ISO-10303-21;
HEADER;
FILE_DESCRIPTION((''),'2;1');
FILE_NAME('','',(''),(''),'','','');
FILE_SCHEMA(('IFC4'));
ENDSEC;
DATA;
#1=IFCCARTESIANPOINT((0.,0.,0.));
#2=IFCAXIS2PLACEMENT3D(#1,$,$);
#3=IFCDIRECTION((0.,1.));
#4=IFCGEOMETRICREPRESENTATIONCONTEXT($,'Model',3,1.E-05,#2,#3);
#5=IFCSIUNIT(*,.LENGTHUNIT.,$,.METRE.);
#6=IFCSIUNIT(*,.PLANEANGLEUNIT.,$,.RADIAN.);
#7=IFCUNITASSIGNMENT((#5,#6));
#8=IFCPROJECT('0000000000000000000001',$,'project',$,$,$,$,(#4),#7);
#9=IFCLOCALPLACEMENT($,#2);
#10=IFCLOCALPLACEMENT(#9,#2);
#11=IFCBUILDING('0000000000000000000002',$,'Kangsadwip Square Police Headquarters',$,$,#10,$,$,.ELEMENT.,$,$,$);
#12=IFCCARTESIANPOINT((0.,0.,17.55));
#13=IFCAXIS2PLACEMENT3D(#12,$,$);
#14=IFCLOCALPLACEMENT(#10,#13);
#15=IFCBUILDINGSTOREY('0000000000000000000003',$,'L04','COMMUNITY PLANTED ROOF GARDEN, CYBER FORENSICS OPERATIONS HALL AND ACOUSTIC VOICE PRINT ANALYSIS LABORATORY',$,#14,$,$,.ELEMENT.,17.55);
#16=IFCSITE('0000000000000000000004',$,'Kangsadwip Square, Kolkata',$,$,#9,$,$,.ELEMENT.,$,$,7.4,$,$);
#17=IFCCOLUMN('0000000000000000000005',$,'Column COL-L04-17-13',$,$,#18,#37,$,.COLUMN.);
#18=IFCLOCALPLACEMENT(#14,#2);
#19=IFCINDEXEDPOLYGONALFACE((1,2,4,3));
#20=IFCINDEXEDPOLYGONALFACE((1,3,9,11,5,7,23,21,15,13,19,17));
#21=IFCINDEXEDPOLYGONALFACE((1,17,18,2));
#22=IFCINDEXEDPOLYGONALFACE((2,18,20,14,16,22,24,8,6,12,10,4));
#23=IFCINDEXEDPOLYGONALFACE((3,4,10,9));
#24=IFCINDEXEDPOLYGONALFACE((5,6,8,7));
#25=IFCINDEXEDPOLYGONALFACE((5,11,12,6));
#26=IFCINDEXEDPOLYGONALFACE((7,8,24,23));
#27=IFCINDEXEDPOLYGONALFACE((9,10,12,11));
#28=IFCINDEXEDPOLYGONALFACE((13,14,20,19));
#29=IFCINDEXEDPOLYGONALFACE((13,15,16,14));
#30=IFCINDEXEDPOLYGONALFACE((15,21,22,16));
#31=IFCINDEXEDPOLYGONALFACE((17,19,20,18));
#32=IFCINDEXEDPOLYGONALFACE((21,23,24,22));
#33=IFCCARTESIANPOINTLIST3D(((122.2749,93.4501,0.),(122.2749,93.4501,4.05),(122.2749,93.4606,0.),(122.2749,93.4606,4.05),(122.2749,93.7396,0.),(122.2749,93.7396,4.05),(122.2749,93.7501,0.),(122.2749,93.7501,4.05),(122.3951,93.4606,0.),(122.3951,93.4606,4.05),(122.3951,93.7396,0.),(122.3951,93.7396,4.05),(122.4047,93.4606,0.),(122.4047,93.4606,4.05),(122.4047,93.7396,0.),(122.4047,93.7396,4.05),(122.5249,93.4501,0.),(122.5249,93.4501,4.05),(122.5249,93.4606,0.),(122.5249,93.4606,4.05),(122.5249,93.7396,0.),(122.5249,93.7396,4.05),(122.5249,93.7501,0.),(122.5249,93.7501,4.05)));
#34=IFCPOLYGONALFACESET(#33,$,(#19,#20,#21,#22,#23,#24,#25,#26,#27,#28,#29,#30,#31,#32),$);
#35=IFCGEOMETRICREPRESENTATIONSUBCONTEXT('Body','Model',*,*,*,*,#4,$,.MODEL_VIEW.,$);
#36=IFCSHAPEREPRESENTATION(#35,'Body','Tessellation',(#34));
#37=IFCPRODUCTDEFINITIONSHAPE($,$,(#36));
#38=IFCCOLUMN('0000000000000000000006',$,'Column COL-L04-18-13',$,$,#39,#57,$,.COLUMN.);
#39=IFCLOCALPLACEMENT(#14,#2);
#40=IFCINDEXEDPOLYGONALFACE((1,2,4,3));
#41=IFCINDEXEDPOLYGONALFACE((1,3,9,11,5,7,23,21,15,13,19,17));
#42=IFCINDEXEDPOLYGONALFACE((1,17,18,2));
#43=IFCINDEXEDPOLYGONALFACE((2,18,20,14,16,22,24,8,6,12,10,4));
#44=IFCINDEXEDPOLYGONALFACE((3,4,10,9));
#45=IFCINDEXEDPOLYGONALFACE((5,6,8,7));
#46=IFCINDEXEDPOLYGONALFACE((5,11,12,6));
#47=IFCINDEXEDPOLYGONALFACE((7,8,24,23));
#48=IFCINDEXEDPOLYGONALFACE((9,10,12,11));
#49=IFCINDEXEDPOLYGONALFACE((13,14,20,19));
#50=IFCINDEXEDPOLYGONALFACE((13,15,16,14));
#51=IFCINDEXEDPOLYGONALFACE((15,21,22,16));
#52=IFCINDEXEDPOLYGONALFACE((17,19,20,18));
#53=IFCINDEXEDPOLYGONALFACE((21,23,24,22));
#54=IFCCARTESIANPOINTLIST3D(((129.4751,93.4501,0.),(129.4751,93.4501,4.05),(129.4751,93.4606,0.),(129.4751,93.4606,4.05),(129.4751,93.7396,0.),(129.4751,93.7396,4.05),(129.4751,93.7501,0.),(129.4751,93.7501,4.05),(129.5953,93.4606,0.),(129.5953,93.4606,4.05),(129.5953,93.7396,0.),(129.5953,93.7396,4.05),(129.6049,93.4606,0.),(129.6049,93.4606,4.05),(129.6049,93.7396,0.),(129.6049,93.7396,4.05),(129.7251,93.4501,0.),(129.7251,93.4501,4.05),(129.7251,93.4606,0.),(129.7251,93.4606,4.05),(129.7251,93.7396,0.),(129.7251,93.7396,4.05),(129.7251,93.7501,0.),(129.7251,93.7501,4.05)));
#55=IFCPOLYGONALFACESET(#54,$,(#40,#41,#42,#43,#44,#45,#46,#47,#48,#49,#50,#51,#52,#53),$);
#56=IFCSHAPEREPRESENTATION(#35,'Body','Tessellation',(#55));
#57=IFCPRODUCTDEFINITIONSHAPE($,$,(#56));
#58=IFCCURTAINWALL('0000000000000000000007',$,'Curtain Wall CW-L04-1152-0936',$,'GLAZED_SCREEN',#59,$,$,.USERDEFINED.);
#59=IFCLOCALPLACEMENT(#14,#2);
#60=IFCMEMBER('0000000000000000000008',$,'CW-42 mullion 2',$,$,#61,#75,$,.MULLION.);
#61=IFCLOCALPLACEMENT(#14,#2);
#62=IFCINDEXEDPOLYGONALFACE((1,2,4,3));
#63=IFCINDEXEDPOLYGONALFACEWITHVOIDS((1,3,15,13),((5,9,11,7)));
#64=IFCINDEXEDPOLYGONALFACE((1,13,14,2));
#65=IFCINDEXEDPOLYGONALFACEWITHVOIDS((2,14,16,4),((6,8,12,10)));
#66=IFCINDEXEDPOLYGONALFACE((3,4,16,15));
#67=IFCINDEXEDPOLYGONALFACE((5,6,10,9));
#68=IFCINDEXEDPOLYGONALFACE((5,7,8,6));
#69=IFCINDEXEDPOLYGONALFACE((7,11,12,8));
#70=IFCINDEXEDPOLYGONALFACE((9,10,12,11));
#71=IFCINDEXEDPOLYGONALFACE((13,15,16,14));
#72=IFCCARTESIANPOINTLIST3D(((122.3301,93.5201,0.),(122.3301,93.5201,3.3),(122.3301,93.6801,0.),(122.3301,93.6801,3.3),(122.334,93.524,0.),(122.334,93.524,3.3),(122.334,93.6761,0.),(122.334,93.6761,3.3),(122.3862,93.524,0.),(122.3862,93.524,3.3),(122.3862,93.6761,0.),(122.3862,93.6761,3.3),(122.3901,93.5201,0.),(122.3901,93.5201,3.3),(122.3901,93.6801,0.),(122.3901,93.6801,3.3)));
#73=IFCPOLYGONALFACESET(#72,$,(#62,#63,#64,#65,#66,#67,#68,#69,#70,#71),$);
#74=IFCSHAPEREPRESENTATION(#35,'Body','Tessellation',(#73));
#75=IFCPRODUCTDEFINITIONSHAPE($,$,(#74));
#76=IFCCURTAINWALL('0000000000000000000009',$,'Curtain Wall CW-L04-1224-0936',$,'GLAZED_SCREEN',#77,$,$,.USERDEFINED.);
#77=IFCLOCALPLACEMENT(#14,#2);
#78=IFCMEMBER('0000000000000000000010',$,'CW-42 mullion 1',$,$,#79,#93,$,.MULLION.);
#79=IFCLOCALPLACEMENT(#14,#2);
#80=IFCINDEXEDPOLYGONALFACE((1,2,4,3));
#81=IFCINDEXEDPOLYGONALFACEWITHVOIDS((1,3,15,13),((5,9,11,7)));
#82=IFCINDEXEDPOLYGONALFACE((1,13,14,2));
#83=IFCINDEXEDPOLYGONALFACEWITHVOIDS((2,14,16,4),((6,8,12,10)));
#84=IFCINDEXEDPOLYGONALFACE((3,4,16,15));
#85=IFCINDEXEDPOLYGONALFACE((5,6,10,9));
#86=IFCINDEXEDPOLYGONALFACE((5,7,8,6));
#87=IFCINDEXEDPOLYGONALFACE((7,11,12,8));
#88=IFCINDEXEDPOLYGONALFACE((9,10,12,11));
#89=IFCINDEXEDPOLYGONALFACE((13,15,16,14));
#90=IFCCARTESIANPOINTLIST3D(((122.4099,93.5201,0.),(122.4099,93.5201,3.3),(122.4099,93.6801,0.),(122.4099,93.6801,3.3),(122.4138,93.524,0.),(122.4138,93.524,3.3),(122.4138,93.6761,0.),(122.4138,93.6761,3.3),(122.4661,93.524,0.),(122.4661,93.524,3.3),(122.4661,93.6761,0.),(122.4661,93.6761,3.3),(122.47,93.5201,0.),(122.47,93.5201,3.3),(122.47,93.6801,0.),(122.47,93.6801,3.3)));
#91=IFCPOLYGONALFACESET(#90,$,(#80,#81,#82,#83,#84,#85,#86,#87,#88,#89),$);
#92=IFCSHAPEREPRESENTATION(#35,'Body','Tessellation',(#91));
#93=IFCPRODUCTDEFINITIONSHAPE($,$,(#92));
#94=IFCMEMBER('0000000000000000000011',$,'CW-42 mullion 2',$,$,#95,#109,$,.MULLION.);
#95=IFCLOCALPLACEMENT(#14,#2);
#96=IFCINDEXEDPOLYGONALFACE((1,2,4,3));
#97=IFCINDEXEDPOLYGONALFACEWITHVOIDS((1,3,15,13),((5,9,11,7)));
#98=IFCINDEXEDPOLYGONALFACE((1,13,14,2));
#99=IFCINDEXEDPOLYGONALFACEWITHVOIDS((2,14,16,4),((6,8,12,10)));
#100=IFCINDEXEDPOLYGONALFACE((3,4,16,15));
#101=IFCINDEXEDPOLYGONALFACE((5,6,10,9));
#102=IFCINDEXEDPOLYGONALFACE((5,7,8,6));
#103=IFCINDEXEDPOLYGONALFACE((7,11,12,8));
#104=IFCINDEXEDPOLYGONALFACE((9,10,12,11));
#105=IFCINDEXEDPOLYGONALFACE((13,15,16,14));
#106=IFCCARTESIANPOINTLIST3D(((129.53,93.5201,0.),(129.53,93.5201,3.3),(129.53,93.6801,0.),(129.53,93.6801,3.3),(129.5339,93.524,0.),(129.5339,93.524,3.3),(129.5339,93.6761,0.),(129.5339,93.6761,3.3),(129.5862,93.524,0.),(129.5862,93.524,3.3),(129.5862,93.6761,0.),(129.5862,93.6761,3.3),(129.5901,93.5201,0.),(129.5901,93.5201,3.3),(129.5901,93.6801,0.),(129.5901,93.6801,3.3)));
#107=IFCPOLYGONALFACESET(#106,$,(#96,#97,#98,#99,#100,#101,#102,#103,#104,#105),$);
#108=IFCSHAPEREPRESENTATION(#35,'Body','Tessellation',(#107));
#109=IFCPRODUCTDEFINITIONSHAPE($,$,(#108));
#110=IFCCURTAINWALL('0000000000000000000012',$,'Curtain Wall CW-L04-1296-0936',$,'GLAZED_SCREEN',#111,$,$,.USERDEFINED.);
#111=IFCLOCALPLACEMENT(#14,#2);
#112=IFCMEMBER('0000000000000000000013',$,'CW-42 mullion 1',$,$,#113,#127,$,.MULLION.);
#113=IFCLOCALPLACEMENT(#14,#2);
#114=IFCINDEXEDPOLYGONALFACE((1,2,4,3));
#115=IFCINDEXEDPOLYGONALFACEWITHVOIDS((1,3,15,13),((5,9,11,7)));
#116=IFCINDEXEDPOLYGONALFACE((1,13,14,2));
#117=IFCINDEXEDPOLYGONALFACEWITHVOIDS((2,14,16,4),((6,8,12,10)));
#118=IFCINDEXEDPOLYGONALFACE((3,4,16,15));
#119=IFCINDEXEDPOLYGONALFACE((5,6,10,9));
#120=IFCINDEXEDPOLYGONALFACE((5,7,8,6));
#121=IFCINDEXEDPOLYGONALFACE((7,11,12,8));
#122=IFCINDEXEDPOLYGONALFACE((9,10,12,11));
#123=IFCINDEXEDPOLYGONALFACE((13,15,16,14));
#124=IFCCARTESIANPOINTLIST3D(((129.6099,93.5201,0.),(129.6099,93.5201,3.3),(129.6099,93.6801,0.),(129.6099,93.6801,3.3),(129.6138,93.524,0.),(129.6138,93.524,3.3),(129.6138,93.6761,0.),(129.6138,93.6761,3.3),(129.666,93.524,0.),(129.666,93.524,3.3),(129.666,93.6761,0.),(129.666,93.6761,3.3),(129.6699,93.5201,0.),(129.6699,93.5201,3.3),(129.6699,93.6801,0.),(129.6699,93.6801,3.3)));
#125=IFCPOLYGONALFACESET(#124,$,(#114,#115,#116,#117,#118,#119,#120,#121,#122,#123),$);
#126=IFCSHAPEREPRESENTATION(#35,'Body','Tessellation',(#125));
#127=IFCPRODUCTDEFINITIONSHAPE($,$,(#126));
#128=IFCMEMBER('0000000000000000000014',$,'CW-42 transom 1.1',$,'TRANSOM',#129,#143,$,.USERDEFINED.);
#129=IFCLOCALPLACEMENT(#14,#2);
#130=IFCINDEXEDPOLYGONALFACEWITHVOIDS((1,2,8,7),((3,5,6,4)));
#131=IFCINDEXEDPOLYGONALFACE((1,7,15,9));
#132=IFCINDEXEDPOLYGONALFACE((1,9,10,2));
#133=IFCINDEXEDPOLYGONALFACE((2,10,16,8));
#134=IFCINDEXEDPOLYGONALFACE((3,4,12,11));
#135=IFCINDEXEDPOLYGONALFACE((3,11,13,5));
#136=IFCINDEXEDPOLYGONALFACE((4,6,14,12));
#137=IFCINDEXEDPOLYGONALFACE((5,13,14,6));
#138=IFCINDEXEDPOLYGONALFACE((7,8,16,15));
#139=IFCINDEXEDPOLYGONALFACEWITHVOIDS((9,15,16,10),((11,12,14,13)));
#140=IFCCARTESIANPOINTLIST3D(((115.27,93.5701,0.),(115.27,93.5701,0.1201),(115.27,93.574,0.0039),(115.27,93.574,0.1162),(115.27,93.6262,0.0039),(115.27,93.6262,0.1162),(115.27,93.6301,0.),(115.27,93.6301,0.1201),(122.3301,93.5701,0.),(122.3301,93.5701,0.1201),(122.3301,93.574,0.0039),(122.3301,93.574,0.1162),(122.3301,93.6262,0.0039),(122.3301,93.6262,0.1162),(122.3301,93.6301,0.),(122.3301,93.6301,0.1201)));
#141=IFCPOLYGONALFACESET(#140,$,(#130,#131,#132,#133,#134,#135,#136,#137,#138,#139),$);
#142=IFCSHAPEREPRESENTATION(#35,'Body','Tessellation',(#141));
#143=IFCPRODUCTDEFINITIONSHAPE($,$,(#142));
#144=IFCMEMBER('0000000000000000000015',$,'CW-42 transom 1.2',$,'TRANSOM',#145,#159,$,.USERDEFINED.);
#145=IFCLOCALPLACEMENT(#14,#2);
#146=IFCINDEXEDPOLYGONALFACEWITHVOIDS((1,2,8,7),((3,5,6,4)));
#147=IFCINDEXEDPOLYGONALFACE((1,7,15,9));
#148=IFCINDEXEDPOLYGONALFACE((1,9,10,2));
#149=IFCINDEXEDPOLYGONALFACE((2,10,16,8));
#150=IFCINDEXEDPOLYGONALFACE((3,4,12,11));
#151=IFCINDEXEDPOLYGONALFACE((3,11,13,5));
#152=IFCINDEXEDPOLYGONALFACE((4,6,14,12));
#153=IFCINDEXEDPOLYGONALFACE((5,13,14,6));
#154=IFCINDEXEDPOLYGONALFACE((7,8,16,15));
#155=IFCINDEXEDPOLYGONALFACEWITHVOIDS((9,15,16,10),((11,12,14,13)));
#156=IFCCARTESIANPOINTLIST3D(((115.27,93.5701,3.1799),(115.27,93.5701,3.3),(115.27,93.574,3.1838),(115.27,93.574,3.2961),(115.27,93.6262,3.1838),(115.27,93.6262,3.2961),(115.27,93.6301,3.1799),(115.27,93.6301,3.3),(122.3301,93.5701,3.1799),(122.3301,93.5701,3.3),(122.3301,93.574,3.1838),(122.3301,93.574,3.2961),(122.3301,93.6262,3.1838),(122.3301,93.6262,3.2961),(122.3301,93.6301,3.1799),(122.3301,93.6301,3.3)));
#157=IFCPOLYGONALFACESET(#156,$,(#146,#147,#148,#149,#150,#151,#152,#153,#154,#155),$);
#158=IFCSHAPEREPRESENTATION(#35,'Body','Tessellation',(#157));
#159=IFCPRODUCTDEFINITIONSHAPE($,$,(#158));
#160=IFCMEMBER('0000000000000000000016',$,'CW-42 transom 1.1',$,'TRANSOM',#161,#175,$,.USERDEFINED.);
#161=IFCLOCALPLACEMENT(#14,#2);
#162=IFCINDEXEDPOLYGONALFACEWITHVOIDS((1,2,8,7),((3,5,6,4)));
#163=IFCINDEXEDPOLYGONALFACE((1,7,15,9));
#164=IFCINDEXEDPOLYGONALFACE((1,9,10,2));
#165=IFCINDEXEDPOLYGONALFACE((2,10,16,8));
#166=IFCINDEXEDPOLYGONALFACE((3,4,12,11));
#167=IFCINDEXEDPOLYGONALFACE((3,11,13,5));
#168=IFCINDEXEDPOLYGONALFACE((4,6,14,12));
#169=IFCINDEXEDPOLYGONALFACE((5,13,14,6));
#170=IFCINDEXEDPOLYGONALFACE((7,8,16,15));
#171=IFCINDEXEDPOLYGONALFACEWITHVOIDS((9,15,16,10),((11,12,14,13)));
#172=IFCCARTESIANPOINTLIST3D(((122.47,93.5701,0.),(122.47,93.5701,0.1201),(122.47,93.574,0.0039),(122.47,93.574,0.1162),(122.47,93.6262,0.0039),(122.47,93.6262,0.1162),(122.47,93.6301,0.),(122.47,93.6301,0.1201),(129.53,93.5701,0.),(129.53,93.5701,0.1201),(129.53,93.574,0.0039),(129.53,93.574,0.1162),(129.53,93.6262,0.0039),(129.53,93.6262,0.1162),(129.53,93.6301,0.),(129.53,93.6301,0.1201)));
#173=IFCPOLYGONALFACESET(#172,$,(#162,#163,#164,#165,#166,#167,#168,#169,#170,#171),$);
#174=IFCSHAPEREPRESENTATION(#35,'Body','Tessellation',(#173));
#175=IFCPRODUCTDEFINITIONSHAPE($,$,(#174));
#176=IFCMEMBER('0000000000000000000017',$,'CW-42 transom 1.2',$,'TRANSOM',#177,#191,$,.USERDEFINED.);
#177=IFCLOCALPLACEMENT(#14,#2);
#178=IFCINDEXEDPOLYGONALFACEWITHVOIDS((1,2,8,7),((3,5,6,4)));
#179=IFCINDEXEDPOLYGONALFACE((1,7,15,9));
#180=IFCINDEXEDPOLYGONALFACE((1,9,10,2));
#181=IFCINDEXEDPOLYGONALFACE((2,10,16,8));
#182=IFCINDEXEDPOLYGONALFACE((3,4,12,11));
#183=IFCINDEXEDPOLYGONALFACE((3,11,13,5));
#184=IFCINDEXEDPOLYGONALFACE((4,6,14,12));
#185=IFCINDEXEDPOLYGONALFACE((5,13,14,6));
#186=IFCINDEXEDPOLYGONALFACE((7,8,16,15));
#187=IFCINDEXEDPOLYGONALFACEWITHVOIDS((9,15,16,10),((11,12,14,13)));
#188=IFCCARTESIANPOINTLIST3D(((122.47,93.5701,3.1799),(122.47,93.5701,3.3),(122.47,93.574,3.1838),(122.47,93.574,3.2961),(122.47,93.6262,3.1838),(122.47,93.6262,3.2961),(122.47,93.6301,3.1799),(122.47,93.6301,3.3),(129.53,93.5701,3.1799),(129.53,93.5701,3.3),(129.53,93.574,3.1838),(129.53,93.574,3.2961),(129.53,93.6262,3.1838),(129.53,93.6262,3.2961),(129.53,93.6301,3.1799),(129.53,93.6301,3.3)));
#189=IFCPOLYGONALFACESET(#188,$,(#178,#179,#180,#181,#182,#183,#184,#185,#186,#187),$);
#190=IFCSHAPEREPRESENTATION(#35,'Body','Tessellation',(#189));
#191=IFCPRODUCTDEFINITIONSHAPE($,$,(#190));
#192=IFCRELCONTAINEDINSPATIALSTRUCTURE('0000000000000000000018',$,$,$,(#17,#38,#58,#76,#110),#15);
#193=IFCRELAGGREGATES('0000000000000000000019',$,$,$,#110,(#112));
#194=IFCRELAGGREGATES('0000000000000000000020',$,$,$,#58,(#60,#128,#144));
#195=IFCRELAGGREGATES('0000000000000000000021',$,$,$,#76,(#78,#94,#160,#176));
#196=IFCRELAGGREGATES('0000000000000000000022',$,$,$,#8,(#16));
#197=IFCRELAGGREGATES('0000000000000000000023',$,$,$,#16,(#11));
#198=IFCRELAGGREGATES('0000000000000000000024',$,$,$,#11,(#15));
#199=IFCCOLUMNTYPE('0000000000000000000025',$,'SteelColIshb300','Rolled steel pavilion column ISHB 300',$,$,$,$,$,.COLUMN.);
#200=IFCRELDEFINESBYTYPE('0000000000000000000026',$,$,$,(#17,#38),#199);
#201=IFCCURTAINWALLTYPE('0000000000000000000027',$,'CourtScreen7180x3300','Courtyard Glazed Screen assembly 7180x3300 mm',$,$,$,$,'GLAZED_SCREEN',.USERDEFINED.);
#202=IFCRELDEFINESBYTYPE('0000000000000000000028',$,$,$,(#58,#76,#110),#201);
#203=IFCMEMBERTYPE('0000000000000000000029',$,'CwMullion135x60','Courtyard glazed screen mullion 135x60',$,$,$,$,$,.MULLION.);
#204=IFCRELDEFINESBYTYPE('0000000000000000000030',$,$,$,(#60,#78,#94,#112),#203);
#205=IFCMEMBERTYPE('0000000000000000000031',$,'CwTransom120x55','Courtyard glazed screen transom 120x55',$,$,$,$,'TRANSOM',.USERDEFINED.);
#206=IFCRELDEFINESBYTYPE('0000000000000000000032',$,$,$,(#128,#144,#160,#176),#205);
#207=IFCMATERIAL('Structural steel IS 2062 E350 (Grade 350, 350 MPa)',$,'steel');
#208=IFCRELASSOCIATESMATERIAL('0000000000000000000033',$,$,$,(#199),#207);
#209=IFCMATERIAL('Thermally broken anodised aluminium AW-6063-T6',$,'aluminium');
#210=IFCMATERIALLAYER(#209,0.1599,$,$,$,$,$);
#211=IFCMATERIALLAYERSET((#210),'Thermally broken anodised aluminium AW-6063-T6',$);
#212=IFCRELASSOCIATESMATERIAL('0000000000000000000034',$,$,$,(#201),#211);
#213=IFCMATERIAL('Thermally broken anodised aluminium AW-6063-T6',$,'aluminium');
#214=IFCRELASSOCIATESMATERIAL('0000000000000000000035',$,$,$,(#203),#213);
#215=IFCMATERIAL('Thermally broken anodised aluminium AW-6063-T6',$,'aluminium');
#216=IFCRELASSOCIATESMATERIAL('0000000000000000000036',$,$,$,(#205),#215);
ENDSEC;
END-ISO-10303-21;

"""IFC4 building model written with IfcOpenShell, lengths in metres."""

from ifc_helpers import new_model, si_unit, direction, frame, origin, origin_2d, place, context, subcontext, project, spatial, hollow_rectangle, i_section, extrude, material, layer, layer_set, material_profile, profile_set, type_object, element, aggregate, save


model = new_model("IFC4")

# Units and contexts
model_context = context("Model", 3, precision=1e-05, world=origin(), true_north=direction((0.0, 1.0)))
body_context = subcontext(model_context, "Body", "Model", "MODEL_VIEW")
ifc_project = project(units=[si_unit("LENGTHUNIT", "METRE"), si_unit("PLANEANGLEUNIT", "RADIAN")], contexts=[model_context])

# Site, building, storey
site_placement = place(None, origin())
site = spatial("IfcSite", under=ifc_project, at=site_placement, Name="Kangsadwip Square, Kolkata", CompositionType="ELEMENT", RefElevation=7.4)
building_placement = place(site_placement, origin())
building = spatial("IfcBuilding", under=site, at=building_placement, Name="Kangsadwip Square Police Headquarters", CompositionType="ELEMENT")
storey_placement = place(building_placement, frame((0.0, 0.0, 17.55)))
storey = spatial("IfcBuildingStorey", under=building, at=storey_placement, Name="L04", Description="COMMUNITY PLANTED ROOF GARDEN, CYBER FORENSICS OPERATIONS HALL AND ACOUSTIC VOICE PRINT ANALYSIS LABORATORY", CompositionType="ELEMENT", Elevation=17.55)

# Columns
ifc_material_1 = material(Name="Structural steel IS 2062 E350 (Grade 350, 350 MPa)", Category="steel")
ifc_material_profile_1 = material_profile(ifc_material_1, i_section(OverallWidth=0.25, OverallDepth=0.3, WebThickness=0.0095, FlangeThickness=0.0105, at=origin_2d()), Name="ISHB 300")
ifc_profile_set_1 = profile_set([ifc_material_profile_1], Name="Structural steel IS 2062 E350 (Grade 350, 350 MPa)")
column_type = type_object("IfcColumnType", Name="SteelColIshb300", Description="Rolled steel pavilion column ISHB 300", PredefinedType="COLUMN", material=ifc_profile_set_1)
for number, where, z_axis, x_axis, name in (
    (1, (122.3999, 93.6001, 0.0), (0.0, 0.0, 1.0), (1.0, 0.0, 0.0), "Column COL-L04-17-13"),
    (2, (129.6001, 93.6001, 0.0), (0.0, 0.0, 1.0), (1.0, 0.0, 0.0), "Column COL-L04-18-13"),
):
    element("IfcColumn", number, at=place(storey_placement, frame(where, z_axis=z_axis, x_axis=x_axis)), inside=storey, type_object=column_type, Name=name, PredefinedType="COLUMN", context=body_context, shape_type="SweptSolid", body=[
        extrude(i_section(OverallWidth=0.25, OverallDepth=0.3, WebThickness=0.0095, FlangeThickness=0.0105, at=origin_2d()), origin(), (0.0, 0.0, 1.0), 4.05),
    ])

# Curtain wall, member
ifc_material_2 = material(Name="Thermally broken anodised aluminium AW-6063-T6", Category="aluminium")
ifc_layer_1 = layer(ifc_material_2, 0.1599)
ifc_layer_set_1 = layer_set([ifc_layer_1], Name="Thermally broken anodised aluminium AW-6063-T6")
curtain_wall_type = type_object("IfcCurtainWallType", Name="CourtScreen7180x3300", Description="Courtyard Glazed Screen assembly 7180x3300 mm", ElementType="GLAZED_SCREEN", PredefinedType="USERDEFINED", material=ifc_layer_set_1)
curtain_wall_1_placement = place(storey_placement, origin())
curtain_wall_1 = element("IfcCurtainWall", 3, at=curtain_wall_1_placement, inside=storey, type_object=curtain_wall_type, Name="Curtain Wall CW-L04-1152-0936", ObjectType="GLAZED_SCREEN", PredefinedType="USERDEFINED")
ifc_material_3 = material(Name="Thermally broken anodised aluminium AW-6063-T6", Category="aluminium")
ifc_material_profile_2 = material_profile(ifc_material_3, hollow_rectangle(XDim=0.0601, YDim=0.1599, WallThickness=0.0039, at=origin_2d()), Name="CWM 160X60X4")
ifc_profile_set_2 = profile_set([ifc_material_profile_2], Name="Thermally broken anodised aluminium AW-6063-T6")
member_type_1 = type_object("IfcMemberType", Name="CwMullion135x60", Description="Courtyard glazed screen mullion 135x60", PredefinedType="MULLION", material=ifc_profile_set_2)
member_1_placement = place(storey_placement, frame((122.3601, 93.6001, 0.0), z_axis=(0.0, 0.0, 1.0), x_axis=(1.0, 0.0, 0.0)))
member_1 = element("IfcMember", 4, at=member_1_placement, type_object=member_type_1, Name="CW-42 mullion 2", PredefinedType="MULLION", context=body_context, shape_type="SweptSolid", body=[
    extrude(hollow_rectangle(XDim=0.0601, YDim=0.1599, WallThickness=0.0039, at=origin_2d()), origin(), (0.0, 0.0, 1.0), 3.3),
])

# Curtain wall, members
curtain_wall_2_placement = place(storey_placement, origin())
curtain_wall_2 = element("IfcCurtainWall", 5, at=curtain_wall_2_placement, inside=storey, type_object=curtain_wall_type, Name="Curtain Wall CW-L04-1224-0936", ObjectType="GLAZED_SCREEN", PredefinedType="USERDEFINED")
member_2_placement = place(storey_placement, frame((122.4399, 93.6001, 0.0), z_axis=(0.0, 0.0, 1.0), x_axis=(1.0, 0.0, 0.0)))
member_2 = element("IfcMember", 6, at=member_2_placement, type_object=member_type_1, Name="CW-42 mullion 1", PredefinedType="MULLION", context=body_context, shape_type="SweptSolid", body=[
    extrude(hollow_rectangle(XDim=0.0601, YDim=0.1599, WallThickness=0.0039, at=origin_2d()), origin(), (0.0, 0.0, 1.0), 3.3),
])
member_3_placement = place(storey_placement, frame((129.5601, 93.6001, 0.0), z_axis=(0.0, 0.0, 1.0), x_axis=(1.0, 0.0, 0.0)))
member_3 = element("IfcMember", 7, at=member_3_placement, type_object=member_type_1, Name="CW-42 mullion 2", PredefinedType="MULLION", context=body_context, shape_type="SweptSolid", body=[
    extrude(hollow_rectangle(XDim=0.0601, YDim=0.1599, WallThickness=0.0039, at=origin_2d()), origin(), (0.0, 0.0, 1.0), 3.3),
])

# Curtain wall, member
curtain_wall_3_placement = place(storey_placement, origin())
curtain_wall_3 = element("IfcCurtainWall", 8, at=curtain_wall_3_placement, inside=storey, type_object=curtain_wall_type, Name="Curtain Wall CW-L04-1296-0936", ObjectType="GLAZED_SCREEN", PredefinedType="USERDEFINED")
member_4_placement = place(storey_placement, frame((129.6399, 93.6001, 0.0), z_axis=(0.0, 0.0, 1.0), x_axis=(1.0, 0.0, 0.0)))
member_4 = element("IfcMember", 9, at=member_4_placement, type_object=member_type_1, Name="CW-42 mullion 1", PredefinedType="MULLION", context=body_context, shape_type="SweptSolid", body=[
    extrude(hollow_rectangle(XDim=0.0601, YDim=0.1599, WallThickness=0.0039, at=origin_2d()), origin(), (0.0, 0.0, 1.0), 3.3),
])
aggregate(curtain_wall_3, [member_4])

# Members
ifc_material_4 = material(Name="Thermally broken anodised aluminium AW-6063-T6", Category="aluminium")
ifc_material_profile_3 = material_profile(ifc_material_4, hollow_rectangle(XDim=0.0601, YDim=0.1201, WallThickness=0.0039, at=origin_2d()), Name="CWT 120X60X4")
ifc_profile_set_3 = profile_set([ifc_material_profile_3], Name="Thermally broken anodised aluminium AW-6063-T6")
member_type_2 = type_object("IfcMemberType", Name="CwTransom120x55", Description="Courtyard glazed screen transom 120x55", ElementType="TRANSOM", PredefinedType="USERDEFINED", material=ifc_profile_set_3)
member_5_placement = place(storey_placement, frame((115.27, 93.6001, 0.0601), z_axis=(1.0, 0.0, 0.0), x_axis=(0.0, 1.0, 0.0)))
member_5 = element("IfcMember", 10, at=member_5_placement, type_object=member_type_2, Name="CW-42 transom 1.1", ObjectType="TRANSOM", PredefinedType="USERDEFINED", context=body_context, shape_type="SweptSolid", body=[
    extrude(hollow_rectangle(XDim=0.0601, YDim=0.1201, WallThickness=0.0039, at=origin_2d()), origin(), (0.0, 0.0, 1.0), 7.0601),
])
member_6_placement = place(storey_placement, frame((115.27, 93.6001, 3.24), z_axis=(1.0, 0.0, 0.0), x_axis=(0.0, 1.0, 0.0)))
member_6 = element("IfcMember", 11, at=member_6_placement, type_object=member_type_2, Name="CW-42 transom 1.2", ObjectType="TRANSOM", PredefinedType="USERDEFINED", context=body_context, shape_type="SweptSolid", body=[
    extrude(hollow_rectangle(XDim=0.0601, YDim=0.1201, WallThickness=0.0039, at=origin_2d()), origin(), (0.0, 0.0, 1.0), 7.0601),
])
member_7_placement = place(storey_placement, frame((122.47, 93.6001, 0.0601), z_axis=(1.0, 0.0, 0.0), x_axis=(0.0, 1.0, 0.0)))
member_7 = element("IfcMember", 12, at=member_7_placement, type_object=member_type_2, Name="CW-42 transom 1.1", ObjectType="TRANSOM", PredefinedType="USERDEFINED", context=body_context, shape_type="SweptSolid", body=[
    extrude(hollow_rectangle(XDim=0.0601, YDim=0.1201, WallThickness=0.0039, at=origin_2d()), origin(), (0.0, 0.0, 1.0), 7.0601),
])
member_8_placement = place(storey_placement, frame((122.47, 93.6001, 3.24), z_axis=(1.0, 0.0, 0.0), x_axis=(0.0, 1.0, 0.0)))
member_8 = element("IfcMember", 13, at=member_8_placement, type_object=member_type_2, Name="CW-42 transom 1.2", ObjectType="TRANSOM", PredefinedType="USERDEFINED", context=body_context, shape_type="SweptSolid", body=[
    extrude(hollow_rectangle(XDim=0.0601, YDim=0.1201, WallThickness=0.0039, at=origin_2d()), origin(), (0.0, 0.0, 1.0), 7.0601),
])

aggregate(curtain_wall_1, [member_1, member_5, member_6])
aggregate(curtain_wall_2, [member_2, member_3, member_7, member_8])

save(model, "model.ifc")
